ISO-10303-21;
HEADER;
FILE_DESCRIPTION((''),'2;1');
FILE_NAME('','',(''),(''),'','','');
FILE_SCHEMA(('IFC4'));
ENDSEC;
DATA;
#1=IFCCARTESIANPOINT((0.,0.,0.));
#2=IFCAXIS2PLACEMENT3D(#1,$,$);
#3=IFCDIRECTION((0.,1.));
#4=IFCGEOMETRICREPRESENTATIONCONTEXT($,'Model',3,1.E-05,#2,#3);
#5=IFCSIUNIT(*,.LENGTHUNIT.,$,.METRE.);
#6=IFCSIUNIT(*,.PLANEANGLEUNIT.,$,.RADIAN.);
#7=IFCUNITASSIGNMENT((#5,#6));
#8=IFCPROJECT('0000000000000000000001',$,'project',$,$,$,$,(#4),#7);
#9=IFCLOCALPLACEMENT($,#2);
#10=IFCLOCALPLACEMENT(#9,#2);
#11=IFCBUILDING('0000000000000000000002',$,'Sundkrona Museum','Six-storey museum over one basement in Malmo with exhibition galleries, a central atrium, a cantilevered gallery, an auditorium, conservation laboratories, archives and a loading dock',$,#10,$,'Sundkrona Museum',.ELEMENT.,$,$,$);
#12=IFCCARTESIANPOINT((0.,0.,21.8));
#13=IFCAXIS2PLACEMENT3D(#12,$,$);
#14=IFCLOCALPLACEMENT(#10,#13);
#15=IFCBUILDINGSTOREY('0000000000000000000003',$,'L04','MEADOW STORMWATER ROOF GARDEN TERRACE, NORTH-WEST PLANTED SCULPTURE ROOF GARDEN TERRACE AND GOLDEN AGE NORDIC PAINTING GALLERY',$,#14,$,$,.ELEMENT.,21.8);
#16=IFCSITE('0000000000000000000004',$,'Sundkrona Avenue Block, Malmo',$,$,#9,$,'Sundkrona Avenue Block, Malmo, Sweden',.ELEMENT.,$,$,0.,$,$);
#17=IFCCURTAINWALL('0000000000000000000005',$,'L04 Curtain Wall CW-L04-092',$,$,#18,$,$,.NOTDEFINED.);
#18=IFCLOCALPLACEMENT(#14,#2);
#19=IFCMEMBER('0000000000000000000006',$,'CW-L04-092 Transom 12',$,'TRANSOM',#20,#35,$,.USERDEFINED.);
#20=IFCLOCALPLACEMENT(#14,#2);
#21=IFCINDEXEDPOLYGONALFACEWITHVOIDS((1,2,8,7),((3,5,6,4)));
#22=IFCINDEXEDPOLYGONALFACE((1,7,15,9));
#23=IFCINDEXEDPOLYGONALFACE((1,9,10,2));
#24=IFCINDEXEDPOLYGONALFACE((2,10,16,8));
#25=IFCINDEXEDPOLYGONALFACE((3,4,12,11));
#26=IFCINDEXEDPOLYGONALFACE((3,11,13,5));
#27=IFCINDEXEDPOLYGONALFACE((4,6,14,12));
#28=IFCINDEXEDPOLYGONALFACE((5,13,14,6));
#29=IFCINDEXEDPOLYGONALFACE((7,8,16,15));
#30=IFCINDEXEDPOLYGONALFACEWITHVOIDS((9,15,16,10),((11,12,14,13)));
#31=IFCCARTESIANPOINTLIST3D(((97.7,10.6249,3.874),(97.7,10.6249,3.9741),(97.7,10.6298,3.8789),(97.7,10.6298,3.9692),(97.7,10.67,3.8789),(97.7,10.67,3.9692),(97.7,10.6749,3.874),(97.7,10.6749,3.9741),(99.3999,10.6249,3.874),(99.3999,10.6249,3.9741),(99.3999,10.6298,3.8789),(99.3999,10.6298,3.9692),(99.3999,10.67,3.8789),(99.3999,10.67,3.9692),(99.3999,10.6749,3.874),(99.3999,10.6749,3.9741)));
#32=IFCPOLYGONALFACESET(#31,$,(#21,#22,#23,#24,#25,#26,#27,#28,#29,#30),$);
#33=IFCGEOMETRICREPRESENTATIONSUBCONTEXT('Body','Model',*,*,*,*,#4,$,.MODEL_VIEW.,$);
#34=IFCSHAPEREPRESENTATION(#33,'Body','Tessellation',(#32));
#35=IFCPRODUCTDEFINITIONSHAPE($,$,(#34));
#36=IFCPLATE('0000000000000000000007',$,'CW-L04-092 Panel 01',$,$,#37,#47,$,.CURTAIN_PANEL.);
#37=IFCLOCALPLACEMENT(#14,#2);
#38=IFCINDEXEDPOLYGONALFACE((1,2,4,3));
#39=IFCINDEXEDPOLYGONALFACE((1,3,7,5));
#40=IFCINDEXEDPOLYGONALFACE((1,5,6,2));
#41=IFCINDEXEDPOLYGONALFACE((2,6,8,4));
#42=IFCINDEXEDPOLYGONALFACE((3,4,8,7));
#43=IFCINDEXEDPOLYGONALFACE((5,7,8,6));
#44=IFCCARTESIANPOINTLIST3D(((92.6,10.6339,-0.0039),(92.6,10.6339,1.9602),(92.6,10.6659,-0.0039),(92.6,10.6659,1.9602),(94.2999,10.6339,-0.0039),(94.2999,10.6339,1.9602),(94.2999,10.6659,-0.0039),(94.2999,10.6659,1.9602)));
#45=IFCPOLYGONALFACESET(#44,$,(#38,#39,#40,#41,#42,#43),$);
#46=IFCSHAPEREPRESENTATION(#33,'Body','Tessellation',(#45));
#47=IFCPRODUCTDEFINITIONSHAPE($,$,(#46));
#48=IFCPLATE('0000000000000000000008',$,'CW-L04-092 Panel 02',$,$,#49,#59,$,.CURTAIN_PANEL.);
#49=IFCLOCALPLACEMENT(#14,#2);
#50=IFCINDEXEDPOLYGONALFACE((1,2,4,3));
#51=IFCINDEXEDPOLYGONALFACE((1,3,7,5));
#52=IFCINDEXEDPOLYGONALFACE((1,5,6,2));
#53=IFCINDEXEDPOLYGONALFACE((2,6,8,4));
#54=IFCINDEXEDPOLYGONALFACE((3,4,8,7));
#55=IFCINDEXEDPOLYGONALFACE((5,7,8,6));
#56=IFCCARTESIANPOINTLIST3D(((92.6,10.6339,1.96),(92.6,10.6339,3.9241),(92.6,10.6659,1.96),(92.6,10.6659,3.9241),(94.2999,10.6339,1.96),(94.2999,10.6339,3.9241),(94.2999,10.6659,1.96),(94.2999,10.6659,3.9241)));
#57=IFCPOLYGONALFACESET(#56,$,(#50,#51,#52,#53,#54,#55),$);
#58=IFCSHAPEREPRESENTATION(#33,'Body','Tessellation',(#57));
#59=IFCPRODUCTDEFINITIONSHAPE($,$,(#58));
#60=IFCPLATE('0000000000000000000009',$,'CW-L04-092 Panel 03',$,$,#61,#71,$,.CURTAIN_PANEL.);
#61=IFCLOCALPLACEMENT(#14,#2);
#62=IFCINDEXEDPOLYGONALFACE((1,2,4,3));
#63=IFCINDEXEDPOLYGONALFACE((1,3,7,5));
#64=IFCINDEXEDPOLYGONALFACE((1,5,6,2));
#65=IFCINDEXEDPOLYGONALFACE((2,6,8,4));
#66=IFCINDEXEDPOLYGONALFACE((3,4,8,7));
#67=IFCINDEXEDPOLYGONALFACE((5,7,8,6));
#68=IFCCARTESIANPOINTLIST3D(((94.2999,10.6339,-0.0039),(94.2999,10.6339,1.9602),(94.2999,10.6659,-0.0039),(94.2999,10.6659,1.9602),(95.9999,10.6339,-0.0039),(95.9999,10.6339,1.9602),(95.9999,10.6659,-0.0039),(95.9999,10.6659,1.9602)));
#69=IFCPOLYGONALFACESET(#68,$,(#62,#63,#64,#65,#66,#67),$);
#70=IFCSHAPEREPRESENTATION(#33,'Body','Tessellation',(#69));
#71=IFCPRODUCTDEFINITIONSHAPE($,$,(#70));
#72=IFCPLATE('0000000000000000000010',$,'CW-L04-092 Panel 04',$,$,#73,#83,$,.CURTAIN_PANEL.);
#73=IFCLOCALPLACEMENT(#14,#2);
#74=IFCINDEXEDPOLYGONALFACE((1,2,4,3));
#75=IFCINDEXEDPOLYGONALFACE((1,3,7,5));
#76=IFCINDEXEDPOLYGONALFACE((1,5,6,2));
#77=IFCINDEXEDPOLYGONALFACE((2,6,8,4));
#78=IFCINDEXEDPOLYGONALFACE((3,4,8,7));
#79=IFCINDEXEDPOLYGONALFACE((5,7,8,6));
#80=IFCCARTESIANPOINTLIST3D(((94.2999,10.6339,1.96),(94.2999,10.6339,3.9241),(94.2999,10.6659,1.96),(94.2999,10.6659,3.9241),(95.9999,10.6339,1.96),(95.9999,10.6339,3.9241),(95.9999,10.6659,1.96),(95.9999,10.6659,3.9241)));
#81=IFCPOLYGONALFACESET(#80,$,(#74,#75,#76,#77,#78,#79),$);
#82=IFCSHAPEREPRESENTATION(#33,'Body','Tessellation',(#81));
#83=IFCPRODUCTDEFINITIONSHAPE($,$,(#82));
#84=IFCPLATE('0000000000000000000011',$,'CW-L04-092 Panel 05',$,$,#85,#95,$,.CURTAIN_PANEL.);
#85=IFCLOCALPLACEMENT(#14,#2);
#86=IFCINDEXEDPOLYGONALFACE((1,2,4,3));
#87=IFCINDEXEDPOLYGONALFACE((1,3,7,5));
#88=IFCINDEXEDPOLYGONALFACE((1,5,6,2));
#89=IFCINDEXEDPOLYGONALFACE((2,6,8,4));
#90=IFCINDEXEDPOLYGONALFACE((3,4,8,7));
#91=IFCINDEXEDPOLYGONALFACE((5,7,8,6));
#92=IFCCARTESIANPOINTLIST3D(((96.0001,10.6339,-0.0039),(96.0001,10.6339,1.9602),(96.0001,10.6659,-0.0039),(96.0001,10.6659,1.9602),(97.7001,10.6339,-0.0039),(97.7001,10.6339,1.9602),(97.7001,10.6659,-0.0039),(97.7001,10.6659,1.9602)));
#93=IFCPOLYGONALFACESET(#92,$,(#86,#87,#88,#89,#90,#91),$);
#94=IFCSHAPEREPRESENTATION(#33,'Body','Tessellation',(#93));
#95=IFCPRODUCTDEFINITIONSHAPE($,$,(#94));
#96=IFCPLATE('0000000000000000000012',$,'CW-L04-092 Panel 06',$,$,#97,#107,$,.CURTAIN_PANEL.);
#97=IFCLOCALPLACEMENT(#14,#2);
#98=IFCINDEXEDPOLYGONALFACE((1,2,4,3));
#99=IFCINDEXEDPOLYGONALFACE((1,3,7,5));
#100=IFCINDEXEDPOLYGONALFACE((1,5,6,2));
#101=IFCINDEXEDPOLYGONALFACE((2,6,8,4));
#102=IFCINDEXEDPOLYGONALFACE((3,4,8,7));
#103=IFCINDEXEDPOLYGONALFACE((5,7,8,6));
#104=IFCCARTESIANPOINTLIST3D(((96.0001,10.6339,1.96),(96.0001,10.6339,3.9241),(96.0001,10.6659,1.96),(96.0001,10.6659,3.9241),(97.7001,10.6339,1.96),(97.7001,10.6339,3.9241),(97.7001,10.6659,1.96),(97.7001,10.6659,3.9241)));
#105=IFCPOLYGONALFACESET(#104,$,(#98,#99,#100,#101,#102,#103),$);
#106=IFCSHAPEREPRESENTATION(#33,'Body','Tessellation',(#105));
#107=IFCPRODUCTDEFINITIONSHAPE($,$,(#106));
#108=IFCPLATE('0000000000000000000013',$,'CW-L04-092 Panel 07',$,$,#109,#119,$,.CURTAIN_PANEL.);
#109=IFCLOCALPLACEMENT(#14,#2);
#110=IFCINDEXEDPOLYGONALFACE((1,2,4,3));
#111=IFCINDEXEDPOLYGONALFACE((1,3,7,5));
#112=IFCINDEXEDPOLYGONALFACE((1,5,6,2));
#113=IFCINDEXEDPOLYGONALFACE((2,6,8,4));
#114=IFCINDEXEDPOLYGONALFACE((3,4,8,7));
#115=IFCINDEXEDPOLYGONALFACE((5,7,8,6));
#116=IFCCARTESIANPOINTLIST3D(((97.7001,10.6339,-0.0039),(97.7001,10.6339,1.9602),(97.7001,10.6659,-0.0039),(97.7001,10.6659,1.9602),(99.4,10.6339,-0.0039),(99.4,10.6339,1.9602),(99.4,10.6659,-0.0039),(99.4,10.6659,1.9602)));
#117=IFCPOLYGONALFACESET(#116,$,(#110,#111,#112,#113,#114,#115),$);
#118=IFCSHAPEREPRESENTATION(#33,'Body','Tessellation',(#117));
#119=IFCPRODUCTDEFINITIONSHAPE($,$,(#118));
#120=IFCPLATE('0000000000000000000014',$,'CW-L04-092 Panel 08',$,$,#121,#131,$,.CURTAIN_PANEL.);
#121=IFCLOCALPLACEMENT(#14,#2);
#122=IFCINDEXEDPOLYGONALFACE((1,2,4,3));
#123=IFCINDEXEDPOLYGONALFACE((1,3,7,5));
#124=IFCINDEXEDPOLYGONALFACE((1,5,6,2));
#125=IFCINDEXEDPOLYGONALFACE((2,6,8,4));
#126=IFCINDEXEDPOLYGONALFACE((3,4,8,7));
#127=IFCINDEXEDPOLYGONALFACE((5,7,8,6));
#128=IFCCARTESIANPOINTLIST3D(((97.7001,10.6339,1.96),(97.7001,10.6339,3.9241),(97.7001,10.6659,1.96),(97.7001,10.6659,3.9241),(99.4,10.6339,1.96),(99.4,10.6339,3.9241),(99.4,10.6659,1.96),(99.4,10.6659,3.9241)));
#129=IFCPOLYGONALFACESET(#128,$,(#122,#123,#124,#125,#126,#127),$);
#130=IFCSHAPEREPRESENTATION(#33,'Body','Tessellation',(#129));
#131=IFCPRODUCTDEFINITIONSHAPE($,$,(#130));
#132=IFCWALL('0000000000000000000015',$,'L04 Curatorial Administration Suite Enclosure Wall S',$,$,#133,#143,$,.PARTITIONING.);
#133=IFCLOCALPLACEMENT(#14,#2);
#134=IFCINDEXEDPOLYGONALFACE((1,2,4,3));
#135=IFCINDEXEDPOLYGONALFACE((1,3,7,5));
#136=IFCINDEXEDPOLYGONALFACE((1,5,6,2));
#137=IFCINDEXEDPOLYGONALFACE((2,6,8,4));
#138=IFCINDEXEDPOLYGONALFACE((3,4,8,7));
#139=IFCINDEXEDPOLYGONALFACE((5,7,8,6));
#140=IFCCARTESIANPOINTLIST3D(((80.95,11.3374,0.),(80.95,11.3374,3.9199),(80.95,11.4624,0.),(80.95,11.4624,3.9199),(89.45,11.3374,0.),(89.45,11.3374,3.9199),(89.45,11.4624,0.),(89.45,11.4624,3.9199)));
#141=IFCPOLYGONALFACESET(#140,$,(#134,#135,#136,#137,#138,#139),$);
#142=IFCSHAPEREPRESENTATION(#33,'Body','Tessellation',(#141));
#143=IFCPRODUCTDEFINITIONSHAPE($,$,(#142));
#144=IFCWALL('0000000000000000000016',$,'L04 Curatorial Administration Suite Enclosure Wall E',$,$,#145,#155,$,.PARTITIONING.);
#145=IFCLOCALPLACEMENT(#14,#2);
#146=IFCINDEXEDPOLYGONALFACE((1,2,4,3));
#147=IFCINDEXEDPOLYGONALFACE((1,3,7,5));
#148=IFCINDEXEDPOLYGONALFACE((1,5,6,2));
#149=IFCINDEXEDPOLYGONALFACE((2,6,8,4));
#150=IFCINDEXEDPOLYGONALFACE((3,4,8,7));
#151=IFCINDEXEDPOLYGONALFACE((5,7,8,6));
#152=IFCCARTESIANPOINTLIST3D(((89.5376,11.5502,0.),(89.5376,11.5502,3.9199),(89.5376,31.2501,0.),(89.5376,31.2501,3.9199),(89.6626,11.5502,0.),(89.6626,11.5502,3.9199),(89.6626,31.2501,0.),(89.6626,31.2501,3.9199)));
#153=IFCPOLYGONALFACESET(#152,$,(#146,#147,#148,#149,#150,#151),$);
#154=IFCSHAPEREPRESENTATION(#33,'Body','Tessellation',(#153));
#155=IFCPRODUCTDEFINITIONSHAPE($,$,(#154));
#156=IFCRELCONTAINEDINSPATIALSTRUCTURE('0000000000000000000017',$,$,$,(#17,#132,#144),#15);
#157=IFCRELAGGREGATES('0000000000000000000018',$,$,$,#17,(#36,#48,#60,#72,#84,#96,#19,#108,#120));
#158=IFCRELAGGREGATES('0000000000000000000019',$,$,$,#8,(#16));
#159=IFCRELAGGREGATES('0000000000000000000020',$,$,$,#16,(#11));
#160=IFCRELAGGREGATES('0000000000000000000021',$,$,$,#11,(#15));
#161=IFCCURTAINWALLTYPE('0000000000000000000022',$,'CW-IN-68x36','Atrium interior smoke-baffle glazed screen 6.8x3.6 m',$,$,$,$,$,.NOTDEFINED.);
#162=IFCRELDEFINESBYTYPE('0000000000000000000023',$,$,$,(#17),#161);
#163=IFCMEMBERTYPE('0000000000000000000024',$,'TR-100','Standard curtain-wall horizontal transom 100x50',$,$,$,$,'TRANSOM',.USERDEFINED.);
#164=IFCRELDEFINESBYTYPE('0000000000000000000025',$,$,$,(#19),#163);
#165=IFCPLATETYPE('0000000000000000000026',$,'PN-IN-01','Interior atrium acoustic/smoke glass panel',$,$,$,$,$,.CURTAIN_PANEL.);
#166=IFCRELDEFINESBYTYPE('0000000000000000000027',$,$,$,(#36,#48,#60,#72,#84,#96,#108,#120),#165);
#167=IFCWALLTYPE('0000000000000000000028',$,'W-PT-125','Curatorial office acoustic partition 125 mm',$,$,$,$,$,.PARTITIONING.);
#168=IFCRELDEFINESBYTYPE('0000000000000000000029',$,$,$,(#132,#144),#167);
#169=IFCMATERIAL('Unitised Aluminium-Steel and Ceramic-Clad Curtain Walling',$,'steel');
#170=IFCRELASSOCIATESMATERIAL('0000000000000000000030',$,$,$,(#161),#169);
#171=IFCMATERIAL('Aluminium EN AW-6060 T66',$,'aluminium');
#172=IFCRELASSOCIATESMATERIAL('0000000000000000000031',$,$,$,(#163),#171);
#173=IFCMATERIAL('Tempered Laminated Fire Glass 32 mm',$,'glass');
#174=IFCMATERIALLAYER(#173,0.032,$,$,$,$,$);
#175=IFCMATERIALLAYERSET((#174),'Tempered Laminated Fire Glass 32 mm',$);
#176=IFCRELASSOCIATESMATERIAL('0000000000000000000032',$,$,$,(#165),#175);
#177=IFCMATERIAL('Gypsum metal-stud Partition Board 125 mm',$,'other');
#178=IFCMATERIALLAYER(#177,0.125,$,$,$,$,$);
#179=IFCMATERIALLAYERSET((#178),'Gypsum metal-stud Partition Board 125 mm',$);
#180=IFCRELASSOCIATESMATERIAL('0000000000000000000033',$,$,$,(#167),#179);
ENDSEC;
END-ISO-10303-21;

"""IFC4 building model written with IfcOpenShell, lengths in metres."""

from ifc_helpers import new_model, si_unit, direction, frame, frame_2d, origin, origin_2d, place, context, subcontext, project, spatial, rectangle, hollow_rectangle, extrude, material, layer, layer_set, material_profile, profile_set, type_object, element, aggregate, save


model = new_model("IFC4")

# Units and contexts
model_context = context("Model", 3, precision=1e-05, world=origin(), true_north=direction((0.0, 1.0)))
body_context = subcontext(model_context, "Body", "Model", "MODEL_VIEW")
ifc_project = project(units=[si_unit("LENGTHUNIT", "METRE"), si_unit("PLANEANGLEUNIT", "RADIAN")], contexts=[model_context])

# Site, building, storey
site_placement = place(None, origin())
site = spatial("IfcSite", under=ifc_project, at=site_placement, Name="Sundkrona Avenue Block, Malmo", LongName="Sundkrona Avenue Block, Malmo, Sweden", CompositionType="ELEMENT", RefElevation=0.0)
building_placement = place(site_placement, origin())
building = spatial("IfcBuilding", under=site, at=building_placement, Name="Sundkrona Museum", Description="Six-storey museum over one basement in Malmo with exhibition galleries, a central atrium, a cantilevered gallery, an auditorium, conservation laboratories, archives and a loading dock", LongName="Sundkrona Museum", CompositionType="ELEMENT")
storey_placement = place(building_placement, frame((0.0, 0.0, 21.8)))
storey = spatial("IfcBuildingStorey", under=building, at=storey_placement, Name="L04", Description="MEADOW STORMWATER ROOF GARDEN TERRACE, NORTH-WEST PLANTED SCULPTURE ROOF GARDEN TERRACE AND GOLDEN AGE NORDIC PAINTING GALLERY", CompositionType="ELEMENT", Elevation=21.8)

# Curtain wall, member, plates
ifc_material_1 = material(Name="Unitised Aluminium-Steel and Ceramic-Clad Curtain Walling", Category="steel")
curtain_wall_type = type_object("IfcCurtainWallType", Name="CW-IN-68x36", Description="Atrium interior smoke-baffle glazed screen 6.8x3.6 m", PredefinedType="NOTDEFINED", material=ifc_material_1)
curtain_wall_placement = place(storey_placement, origin())
curtain_wall = element("IfcCurtainWall", 1, at=curtain_wall_placement, inside=storey, type_object=curtain_wall_type, Name="L04 Curtain Wall CW-L04-092", PredefinedType="NOTDEFINED")
ifc_material_2 = material(Name="Aluminium EN AW-6060 T66", Category="aluminium")
ifc_material_profile_1 = material_profile(ifc_material_2, hollow_rectangle(XDim=0.05, YDim=0.1001, WallThickness=0.0049, at=origin_2d()), Name="RHS 100x50x5.0")
ifc_profile_set_1 = profile_set([ifc_material_profile_1], Name="Aluminium EN AW-6060 T66")
member_type_1 = type_object("IfcMemberType", Name="TR-100", Description="Standard curtain-wall horizontal transom 100x50", ElementType="TRANSOM", PredefinedType="USERDEFINED", material=ifc_profile_set_1)
member_1_placement = place(storey_placement, frame((97.7, 10.6499, 3.9241), z_axis=(1.0, 0.0, 0.0), x_axis=(0.0, 1.0, 0.0)))
member_1 = element("IfcMember", 2, at=member_1_placement, type_object=member_type_1, Name="CW-L04-092 Transom 12", ObjectType="TRANSOM", PredefinedType="USERDEFINED", context=body_context, shape_type="SweptSolid", body=[
    extrude(hollow_rectangle(XDim=0.05, YDim=0.1001, WallThickness=0.0049, at=origin_2d()), origin(), (0.0, 0.0, 1.0), 1.7),
])
ifc_material_3 = material(Name="Tempered Laminated Fire Glass 32 mm", Category="glass")
ifc_layer_1 = layer(ifc_material_3, 0.032)
ifc_layer_set_1 = layer_set([ifc_layer_1], Name="Tempered Laminated Fire Glass 32 mm")
plate_type = type_object("IfcPlateType", Name="PN-IN-01", Description="Interior atrium acoustic/smoke glass panel", PredefinedType="CURTAIN_PANEL", material=ifc_layer_set_1)
plate_1_placement = place(storey_placement, frame((93.45, 10.6499, -0.0039), z_axis=(0.0, 0.0, 1.0), x_axis=(1.0, 0.0, 0.0)))
plate_1 = element("IfcPlate", 3, at=plate_1_placement, type_object=plate_type, Name="CW-L04-092 Panel 01", PredefinedType="CURTAIN_PANEL", context=body_context, shape_type="SweptSolid", body=[
    extrude(rectangle(XDim=1.7, YDim=0.032, at=origin_2d()), origin(), (0.0, 0.0, 1.0), 1.9641),
])
plate_2_placement = place(storey_placement, frame((93.45, 10.6499, 1.96), z_axis=(0.0, 0.0, 1.0), x_axis=(1.0, 0.0, 0.0)))
plate_2 = element("IfcPlate", 4, at=plate_2_placement, type_object=plate_type, Name="CW-L04-092 Panel 02", PredefinedType="CURTAIN_PANEL", context=body_context, shape_type="SweptSolid", body=[
    extrude(rectangle(XDim=1.7, YDim=0.032, at=origin_2d()), origin(), (0.0, 0.0, 1.0), 1.9641),
])
plate_3_placement = place(storey_placement, frame((95.1499, 10.6499, -0.0039), z_axis=(0.0, 0.0, 1.0), x_axis=(1.0, 0.0, 0.0)))
plate_3 = element("IfcPlate", 5, at=plate_3_placement, type_object=plate_type, Name="CW-L04-092 Panel 03", PredefinedType="CURTAIN_PANEL", context=body_context, shape_type="SweptSolid", body=[
    extrude(rectangle(XDim=1.7, YDim=0.032, at=origin_2d()), origin(), (0.0, 0.0, 1.0), 1.9641),
])
plate_4_placement = place(storey_placement, frame((95.1499, 10.6499, 1.96), z_axis=(0.0, 0.0, 1.0), x_axis=(1.0, 0.0, 0.0)))
plate_4 = element("IfcPlate", 6, at=plate_4_placement, type_object=plate_type, Name="CW-L04-092 Panel 04", PredefinedType="CURTAIN_PANEL", context=body_context, shape_type="SweptSolid", body=[
    extrude(rectangle(XDim=1.7, YDim=0.032, at=origin_2d()), origin(), (0.0, 0.0, 1.0), 1.9641),
])
plate_5_placement = place(storey_placement, frame((96.8501, 10.6499, -0.0039), z_axis=(0.0, 0.0, 1.0), x_axis=(1.0, 0.0, 0.0)))
plate_5 = element("IfcPlate", 7, at=plate_5_placement, type_object=plate_type, Name="CW-L04-092 Panel 05", PredefinedType="CURTAIN_PANEL", context=body_context, shape_type="SweptSolid", body=[
    extrude(rectangle(XDim=1.7, YDim=0.032, at=origin_2d()), origin(), (0.0, 0.0, 1.0), 1.9641),
])
plate_6_placement = place(storey_placement, frame((96.8501, 10.6499, 1.96), z_axis=(0.0, 0.0, 1.0), x_axis=(1.0, 0.0, 0.0)))
plate_6 = element("IfcPlate", 8, at=plate_6_placement, type_object=plate_type, Name="CW-L04-092 Panel 06", PredefinedType="CURTAIN_PANEL", context=body_context, shape_type="SweptSolid", body=[
    extrude(rectangle(XDim=1.7, YDim=0.032, at=origin_2d()), origin(), (0.0, 0.0, 1.0), 1.9641),
])
plate_7_placement = place(storey_placement, frame((98.55, 10.6499, -0.0039), z_axis=(0.0, 0.0, 1.0), x_axis=(1.0, 0.0, 0.0)))
plate_7 = element("IfcPlate", 9, at=plate_7_placement, type_object=plate_type, Name="CW-L04-092 Panel 07", PredefinedType="CURTAIN_PANEL", context=body_context, shape_type="SweptSolid", body=[
    extrude(rectangle(XDim=1.7, YDim=0.032, at=origin_2d()), origin(), (0.0, 0.0, 1.0), 1.9641),
])
plate_8_placement = place(storey_placement, frame((98.55, 10.6499, 1.96), z_axis=(0.0, 0.0, 1.0), x_axis=(1.0, 0.0, 0.0)))
plate_8 = element("IfcPlate", 10, at=plate_8_placement, type_object=plate_type, Name="CW-L04-092 Panel 08", PredefinedType="CURTAIN_PANEL", context=body_context, shape_type="SweptSolid", body=[
    extrude(rectangle(XDim=1.7, YDim=0.032, at=origin_2d()), origin(), (0.0, 0.0, 1.0), 1.9641),
])
aggregate(curtain_wall, [plate_1, plate_2, plate_3, plate_4, plate_5, plate_6, member_1, plate_7, plate_8])

# Walls
ifc_material_4 = material(Name="Gypsum metal-stud Partition Board 125 mm", Category="other")
ifc_layer_2 = layer(ifc_material_4, 0.125)
ifc_layer_set_2 = layer_set([ifc_layer_2], Name="Gypsum metal-stud Partition Board 125 mm")
wall_type = type_object("IfcWallType", Name="W-PT-125", Description="Curatorial office acoustic partition 125 mm", PredefinedType="PARTITIONING", material=ifc_layer_set_2)
wall_1_placement = place(storey_placement, frame((80.95, 11.3999, 0.0), z_axis=(0.0, 0.0, 1.0), x_axis=(1.0, 0.0, 0.0)))
element("IfcWall", 11, at=wall_1_placement, inside=storey, type_object=wall_type, Name="L04 Curatorial Administration Suite Enclosure Wall S", PredefinedType="PARTITIONING", context=body_context, shape_type="SweptSolid", body=[
    extrude(rectangle(XDim=8.5, YDim=0.125, at=frame_2d((4.25, 0.0))), origin(), (0.0, 0.0, 1.0), 3.9199),
])
wall_2_placement = place(storey_placement, frame((89.6001, 11.55, 0.0), z_axis=(0.0, 0.0, 1.0), x_axis=(0.0, 1.0, 0.0)))
element("IfcWall", 12, at=wall_2_placement, inside=storey, type_object=wall_type, Name="L04 Curatorial Administration Suite Enclosure Wall E", PredefinedType="PARTITIONING", context=body_context, shape_type="SweptSolid", body=[
    extrude(rectangle(XDim=19.7, YDim=0.125, at=frame_2d((9.8501, 0.0))), origin(), (0.0, 0.0, 1.0), 3.9199),
])

save(model, "model.ifc")
